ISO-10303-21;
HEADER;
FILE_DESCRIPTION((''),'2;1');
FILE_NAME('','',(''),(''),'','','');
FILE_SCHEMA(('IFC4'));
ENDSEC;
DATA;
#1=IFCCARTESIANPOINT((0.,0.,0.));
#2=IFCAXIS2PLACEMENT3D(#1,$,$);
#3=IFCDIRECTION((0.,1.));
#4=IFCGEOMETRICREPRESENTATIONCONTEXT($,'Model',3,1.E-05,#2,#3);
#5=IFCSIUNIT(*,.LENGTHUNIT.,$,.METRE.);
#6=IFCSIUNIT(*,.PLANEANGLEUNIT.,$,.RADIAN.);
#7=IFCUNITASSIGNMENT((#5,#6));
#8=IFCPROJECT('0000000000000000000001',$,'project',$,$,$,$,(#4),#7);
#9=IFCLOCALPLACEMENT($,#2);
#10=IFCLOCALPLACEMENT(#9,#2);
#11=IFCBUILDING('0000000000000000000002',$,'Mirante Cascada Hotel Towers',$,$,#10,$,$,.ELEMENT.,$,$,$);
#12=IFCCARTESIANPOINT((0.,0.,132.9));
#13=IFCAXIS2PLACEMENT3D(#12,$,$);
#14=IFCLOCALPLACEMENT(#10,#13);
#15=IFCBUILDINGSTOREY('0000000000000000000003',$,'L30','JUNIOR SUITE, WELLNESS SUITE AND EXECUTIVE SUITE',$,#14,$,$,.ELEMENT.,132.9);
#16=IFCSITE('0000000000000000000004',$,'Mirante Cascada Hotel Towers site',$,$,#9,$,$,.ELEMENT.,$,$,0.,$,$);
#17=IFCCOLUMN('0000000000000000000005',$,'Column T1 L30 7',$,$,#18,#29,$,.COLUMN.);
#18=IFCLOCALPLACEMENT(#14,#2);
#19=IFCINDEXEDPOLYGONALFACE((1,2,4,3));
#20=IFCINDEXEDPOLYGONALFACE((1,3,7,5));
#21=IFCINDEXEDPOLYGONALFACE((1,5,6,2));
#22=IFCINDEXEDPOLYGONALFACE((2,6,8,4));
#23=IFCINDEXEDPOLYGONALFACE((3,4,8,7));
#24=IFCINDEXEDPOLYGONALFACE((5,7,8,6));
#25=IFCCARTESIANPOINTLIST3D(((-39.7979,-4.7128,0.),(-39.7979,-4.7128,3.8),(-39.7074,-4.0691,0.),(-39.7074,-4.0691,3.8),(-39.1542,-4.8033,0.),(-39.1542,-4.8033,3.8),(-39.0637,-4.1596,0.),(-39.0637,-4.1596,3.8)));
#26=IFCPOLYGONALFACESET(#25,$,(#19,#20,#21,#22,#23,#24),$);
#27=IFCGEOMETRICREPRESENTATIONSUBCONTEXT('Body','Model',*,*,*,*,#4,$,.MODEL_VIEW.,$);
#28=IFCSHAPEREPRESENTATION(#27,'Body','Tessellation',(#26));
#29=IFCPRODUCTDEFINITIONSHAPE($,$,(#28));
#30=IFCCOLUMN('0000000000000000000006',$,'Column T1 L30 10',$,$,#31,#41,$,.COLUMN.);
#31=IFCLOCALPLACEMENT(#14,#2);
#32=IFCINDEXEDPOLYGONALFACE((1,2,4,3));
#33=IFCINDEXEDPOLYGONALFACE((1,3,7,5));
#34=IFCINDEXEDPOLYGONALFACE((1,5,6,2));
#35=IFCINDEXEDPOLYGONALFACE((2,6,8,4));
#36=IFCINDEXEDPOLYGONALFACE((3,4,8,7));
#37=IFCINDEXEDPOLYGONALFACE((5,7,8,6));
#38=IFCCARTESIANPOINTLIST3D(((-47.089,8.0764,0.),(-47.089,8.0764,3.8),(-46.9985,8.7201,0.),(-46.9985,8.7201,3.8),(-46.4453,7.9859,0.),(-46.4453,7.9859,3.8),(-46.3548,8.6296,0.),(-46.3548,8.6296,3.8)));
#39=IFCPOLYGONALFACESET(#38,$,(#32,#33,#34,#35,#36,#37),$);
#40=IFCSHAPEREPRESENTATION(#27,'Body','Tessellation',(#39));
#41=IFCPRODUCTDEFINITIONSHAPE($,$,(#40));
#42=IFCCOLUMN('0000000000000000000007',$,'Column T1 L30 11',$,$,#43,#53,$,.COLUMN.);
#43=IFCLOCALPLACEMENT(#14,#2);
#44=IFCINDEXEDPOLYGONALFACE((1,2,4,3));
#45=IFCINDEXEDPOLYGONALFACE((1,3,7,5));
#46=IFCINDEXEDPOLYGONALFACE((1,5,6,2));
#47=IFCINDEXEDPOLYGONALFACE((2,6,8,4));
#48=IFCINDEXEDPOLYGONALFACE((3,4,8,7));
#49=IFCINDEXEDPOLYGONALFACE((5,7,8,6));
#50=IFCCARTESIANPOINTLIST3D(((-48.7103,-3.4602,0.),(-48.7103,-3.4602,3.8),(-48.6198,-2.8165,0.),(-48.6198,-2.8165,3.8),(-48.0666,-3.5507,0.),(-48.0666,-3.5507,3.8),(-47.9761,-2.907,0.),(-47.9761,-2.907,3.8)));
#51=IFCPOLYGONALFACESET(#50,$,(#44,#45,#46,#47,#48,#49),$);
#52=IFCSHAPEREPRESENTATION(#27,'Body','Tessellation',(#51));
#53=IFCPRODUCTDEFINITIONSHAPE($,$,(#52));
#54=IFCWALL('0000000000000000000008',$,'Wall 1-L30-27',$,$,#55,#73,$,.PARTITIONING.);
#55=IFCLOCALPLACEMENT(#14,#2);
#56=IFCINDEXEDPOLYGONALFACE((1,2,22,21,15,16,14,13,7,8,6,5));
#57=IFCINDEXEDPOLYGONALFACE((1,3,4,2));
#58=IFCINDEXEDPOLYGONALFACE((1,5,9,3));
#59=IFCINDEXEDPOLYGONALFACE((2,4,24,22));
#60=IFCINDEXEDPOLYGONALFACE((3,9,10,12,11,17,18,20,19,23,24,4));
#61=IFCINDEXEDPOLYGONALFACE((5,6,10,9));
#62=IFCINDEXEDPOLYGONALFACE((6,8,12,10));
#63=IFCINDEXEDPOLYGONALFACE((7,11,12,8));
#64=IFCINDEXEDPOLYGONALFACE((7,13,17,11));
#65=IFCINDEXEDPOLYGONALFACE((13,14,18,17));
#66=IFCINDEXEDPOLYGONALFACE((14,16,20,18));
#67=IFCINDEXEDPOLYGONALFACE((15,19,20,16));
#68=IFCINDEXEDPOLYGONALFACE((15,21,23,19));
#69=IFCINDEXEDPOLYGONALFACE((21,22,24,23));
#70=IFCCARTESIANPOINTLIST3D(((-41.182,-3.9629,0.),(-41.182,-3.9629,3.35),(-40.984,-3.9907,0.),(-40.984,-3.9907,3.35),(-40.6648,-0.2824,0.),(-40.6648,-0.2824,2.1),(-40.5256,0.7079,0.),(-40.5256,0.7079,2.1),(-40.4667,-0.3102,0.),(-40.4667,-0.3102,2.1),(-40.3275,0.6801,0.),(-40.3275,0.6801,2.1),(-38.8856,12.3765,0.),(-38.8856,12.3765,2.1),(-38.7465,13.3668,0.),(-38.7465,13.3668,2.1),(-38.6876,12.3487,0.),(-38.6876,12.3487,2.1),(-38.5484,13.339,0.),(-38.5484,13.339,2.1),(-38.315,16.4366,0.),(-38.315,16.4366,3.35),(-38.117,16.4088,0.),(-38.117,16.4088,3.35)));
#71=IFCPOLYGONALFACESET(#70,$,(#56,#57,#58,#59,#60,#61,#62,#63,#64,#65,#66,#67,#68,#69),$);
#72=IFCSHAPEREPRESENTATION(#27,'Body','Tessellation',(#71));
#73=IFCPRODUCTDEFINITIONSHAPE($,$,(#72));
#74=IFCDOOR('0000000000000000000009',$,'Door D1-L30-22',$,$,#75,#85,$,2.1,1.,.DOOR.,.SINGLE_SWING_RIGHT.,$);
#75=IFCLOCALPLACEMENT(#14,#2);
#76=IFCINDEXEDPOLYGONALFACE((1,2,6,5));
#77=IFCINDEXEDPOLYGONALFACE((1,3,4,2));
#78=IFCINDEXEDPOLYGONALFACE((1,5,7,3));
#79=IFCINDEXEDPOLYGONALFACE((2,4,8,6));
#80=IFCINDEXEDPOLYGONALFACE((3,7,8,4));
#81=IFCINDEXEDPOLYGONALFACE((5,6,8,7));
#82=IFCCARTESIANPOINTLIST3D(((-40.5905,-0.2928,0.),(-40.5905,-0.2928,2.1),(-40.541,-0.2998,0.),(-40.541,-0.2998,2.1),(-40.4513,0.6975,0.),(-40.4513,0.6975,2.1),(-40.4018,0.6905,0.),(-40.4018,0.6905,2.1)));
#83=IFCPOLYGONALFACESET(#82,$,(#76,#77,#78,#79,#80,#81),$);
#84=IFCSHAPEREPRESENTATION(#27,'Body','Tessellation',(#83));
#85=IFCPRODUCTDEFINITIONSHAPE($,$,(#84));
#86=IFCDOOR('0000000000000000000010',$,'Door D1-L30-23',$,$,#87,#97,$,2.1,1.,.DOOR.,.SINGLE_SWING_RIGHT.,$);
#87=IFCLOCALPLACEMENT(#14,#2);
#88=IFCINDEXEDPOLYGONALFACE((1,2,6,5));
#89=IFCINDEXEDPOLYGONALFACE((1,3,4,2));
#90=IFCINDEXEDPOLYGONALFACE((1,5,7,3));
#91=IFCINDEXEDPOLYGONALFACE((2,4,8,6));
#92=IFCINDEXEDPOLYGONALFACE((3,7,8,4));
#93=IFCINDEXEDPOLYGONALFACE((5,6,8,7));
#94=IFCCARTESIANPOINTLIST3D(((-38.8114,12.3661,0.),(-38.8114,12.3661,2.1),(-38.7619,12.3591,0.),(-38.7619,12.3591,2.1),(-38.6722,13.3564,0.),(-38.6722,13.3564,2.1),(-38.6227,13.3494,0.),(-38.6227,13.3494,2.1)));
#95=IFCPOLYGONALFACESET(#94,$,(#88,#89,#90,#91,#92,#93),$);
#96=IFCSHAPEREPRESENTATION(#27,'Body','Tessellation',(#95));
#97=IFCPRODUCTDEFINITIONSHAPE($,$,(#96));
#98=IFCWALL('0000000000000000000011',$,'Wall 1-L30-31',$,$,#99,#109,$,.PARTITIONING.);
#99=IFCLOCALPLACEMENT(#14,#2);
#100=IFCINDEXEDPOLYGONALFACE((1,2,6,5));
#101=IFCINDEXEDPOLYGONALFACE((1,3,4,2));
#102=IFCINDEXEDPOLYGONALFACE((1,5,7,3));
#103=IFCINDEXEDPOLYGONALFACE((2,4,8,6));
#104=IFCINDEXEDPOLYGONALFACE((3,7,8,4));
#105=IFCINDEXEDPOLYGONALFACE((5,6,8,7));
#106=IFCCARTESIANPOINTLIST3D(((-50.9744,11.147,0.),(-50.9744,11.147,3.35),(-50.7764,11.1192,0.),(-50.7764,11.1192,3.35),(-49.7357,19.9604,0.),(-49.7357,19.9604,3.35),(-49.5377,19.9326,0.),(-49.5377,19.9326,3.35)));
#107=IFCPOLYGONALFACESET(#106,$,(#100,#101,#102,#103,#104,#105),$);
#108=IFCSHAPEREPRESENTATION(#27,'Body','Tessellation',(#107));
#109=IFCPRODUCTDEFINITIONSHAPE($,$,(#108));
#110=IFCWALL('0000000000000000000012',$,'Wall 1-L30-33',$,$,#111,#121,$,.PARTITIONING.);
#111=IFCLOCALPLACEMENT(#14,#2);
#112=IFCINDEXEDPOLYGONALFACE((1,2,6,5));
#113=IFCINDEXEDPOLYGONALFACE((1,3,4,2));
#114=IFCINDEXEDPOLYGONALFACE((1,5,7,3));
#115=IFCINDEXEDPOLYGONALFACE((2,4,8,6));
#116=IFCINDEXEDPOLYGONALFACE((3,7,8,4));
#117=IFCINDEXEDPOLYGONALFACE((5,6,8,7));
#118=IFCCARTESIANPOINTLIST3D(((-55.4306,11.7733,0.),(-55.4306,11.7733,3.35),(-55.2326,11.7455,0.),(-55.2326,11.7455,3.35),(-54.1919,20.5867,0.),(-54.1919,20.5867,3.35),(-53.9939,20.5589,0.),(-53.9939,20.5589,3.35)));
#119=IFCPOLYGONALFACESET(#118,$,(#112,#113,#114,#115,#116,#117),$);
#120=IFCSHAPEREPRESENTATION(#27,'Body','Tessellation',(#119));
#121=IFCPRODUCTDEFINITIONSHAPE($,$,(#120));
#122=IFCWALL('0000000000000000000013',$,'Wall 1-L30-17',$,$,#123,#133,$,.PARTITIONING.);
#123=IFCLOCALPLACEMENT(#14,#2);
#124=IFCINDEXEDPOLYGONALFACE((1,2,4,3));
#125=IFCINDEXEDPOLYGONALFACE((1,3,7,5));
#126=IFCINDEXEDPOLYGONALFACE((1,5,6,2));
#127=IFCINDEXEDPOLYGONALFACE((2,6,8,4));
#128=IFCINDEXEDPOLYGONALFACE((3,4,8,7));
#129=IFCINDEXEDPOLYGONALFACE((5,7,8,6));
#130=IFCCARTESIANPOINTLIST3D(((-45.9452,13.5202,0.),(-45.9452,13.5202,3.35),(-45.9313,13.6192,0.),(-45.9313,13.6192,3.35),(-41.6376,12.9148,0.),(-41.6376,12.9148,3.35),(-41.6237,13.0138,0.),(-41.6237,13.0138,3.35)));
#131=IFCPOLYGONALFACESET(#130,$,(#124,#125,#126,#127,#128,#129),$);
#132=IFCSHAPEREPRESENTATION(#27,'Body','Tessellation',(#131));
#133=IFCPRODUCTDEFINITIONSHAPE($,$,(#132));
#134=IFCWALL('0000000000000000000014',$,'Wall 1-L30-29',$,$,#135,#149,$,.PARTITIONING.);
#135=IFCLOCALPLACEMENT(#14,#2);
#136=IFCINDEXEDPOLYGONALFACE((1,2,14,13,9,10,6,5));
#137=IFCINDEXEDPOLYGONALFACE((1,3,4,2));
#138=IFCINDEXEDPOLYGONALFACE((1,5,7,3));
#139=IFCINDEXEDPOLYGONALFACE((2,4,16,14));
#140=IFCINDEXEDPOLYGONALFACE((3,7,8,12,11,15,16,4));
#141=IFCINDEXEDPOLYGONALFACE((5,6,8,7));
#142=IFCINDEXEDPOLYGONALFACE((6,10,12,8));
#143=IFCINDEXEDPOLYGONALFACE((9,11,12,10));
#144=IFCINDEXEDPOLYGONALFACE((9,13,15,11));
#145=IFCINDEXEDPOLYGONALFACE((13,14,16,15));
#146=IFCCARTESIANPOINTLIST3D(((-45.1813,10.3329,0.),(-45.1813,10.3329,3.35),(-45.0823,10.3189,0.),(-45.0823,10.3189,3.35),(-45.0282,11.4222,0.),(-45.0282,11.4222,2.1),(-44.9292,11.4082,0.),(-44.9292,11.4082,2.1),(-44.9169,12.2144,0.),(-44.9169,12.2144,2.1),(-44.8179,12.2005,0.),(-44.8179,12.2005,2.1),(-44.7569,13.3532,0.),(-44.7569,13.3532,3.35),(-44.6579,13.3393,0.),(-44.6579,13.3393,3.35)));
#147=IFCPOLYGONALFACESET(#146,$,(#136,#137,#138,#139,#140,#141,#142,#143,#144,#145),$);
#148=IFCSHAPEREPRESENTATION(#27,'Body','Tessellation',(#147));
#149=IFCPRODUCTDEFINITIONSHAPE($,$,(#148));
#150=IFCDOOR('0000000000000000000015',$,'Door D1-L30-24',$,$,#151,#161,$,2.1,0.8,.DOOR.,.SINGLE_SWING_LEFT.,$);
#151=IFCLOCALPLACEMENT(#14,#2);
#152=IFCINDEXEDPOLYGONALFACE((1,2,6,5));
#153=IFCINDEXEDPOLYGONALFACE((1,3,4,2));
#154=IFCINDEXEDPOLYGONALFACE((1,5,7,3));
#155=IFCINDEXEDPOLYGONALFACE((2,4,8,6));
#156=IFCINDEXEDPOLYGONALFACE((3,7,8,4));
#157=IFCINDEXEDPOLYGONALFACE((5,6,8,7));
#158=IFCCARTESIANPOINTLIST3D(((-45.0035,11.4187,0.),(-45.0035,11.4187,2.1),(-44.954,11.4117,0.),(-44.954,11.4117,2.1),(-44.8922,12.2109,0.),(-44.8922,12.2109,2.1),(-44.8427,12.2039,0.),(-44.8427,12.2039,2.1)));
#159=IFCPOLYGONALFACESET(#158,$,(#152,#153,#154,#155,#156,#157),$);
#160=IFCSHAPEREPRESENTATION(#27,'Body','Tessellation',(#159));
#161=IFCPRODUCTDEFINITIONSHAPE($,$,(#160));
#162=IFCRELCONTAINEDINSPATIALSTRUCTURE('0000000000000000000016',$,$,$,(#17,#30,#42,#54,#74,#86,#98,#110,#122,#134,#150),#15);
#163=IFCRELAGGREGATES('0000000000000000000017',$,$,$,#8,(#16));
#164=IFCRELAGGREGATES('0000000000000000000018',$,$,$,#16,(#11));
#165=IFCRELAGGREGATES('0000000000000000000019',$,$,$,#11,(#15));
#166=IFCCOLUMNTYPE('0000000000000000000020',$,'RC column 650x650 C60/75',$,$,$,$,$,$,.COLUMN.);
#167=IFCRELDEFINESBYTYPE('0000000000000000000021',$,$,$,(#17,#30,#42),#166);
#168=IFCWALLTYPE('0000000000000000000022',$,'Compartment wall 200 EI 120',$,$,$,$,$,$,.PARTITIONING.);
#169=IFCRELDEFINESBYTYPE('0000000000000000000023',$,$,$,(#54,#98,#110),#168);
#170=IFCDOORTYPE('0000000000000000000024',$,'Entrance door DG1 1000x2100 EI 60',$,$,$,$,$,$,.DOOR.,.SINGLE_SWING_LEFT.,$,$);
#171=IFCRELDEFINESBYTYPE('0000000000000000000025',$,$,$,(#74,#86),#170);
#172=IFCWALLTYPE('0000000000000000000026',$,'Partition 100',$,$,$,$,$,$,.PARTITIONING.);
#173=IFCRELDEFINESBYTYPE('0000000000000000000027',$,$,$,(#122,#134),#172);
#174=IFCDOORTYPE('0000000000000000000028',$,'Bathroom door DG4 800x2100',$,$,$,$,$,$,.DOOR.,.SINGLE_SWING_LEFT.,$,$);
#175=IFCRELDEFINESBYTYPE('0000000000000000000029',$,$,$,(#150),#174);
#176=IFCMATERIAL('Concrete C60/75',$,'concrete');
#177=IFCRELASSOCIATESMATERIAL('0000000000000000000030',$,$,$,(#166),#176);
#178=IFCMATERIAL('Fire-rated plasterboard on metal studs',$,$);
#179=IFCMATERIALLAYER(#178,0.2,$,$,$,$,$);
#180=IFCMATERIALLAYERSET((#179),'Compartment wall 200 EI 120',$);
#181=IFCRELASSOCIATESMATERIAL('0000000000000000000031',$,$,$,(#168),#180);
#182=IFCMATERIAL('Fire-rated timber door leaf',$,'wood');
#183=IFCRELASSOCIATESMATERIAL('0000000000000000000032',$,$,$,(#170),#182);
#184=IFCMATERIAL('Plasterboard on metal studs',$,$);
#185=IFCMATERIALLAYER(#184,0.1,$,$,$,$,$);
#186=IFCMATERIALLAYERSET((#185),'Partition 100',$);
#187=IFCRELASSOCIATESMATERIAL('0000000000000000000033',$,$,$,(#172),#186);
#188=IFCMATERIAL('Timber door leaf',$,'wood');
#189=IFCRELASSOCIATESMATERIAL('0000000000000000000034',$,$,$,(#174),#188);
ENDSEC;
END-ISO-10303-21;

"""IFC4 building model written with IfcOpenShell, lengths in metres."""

from ifc_helpers import new_model, si_unit, direction, frame, frame_2d, origin, origin_2d, place, context, subcontext, project, spatial, rectangle, extrude, material, layer, layer_set, material_profile, profile_set, type_object, element, fill, save


model = new_model("IFC4")

# Units and contexts
model_context = context("Model", 3, precision=1e-05, world=origin(), true_north=direction((0.0, 1.0)))
body_context = subcontext(model_context, "Body", "Model", "MODEL_VIEW")
ifc_project = project(units=[si_unit("LENGTHUNIT", "METRE"), si_unit("PLANEANGLEUNIT", "RADIAN")], contexts=[model_context])

# Site, building, storey
site_placement = place(None, origin())
site = spatial("IfcSite", under=ifc_project, at=site_placement, Name="Mirante Cascada Hotel Towers site", CompositionType="ELEMENT", RefElevation=0.0)
building_placement = place(site_placement, origin())
building = spatial("IfcBuilding", under=site, at=building_placement, Name="Mirante Cascada Hotel Towers", CompositionType="ELEMENT")
storey_placement = place(building_placement, frame((0.0, 0.0, 132.9)))
storey = spatial("IfcBuildingStorey", under=building, at=storey_placement, Name="L30", Description="JUNIOR SUITE, WELLNESS SUITE AND EXECUTIVE SUITE", CompositionType="ELEMENT", Elevation=132.9)

# Columns
ifc_material_1 = material(Name="Concrete C60/75", Category="concrete")
ifc_material_profile = material_profile(ifc_material_1, rectangle(XDim=0.65, YDim=0.65, at=origin_2d()), Name="RC column 650x650 C60/75")
ifc_profile_set = profile_set([ifc_material_profile], Name="Concrete C60/75")
column_type = type_object("IfcColumnType", Name="RC column 650x650 C60/75", PredefinedType="COLUMN", material=ifc_profile_set)
for number, where, z_axis, x_axis, name in (
    (1, (-39.4308, -4.4362, 0.0), (0.0, 0.0, 1.0), (-0.990268, 0.139173, 0.0), "Column T1 L30 7"),
    (2, (-46.7219, 8.353, 0.0), (0.0, 0.0, 1.0), (-0.990268, 0.139173, 0.0), "Column T1 L30 10"),
    (3, (-48.3432, -3.1836, 0.0), (0.0, 0.0, 1.0), (-0.990268, 0.139173, 0.0), "Column T1 L30 11"),
):
    element("IfcColumn", number, at=place(storey_placement, frame(where, z_axis=z_axis, x_axis=x_axis)), inside=storey, type_object=column_type, Name=name, PredefinedType="COLUMN", context=body_context, shape_type="SweptSolid", body=[
        extrude(rectangle(XDim=0.65, YDim=0.65, at=origin_2d()), origin(), (0.0, 0.0, 1.0), 3.8),
    ])

# Wall, openings, doors
ifc_material_2 = material(Name="Fire-rated plasterboard on metal studs")
ifc_layer_1 = layer(ifc_material_2, 0.2)
ifc_layer_set_1 = layer_set([ifc_layer_1], Name="Compartment wall 200 EI 120")
wall_type_1 = type_object("IfcWallType", Name="Compartment wall 200 EI 120", PredefinedType="PARTITIONING", material=ifc_layer_set_1)
wall_1_placement = place(storey_placement, frame((-41.083, -3.9768, 0.0), z_axis=(0.0, 0.0, 1.0), x_axis=(0.139175, 0.990268, 0.0)))
wall_1 = element("IfcWall", 4, at=wall_1_placement, inside=storey, type_object=wall_type_1, Name="Wall 1-L30-27", PredefinedType="PARTITIONING", context=body_context, shape_type="SweptSolid", body=[
    extrude(rectangle(XDim=20.6, YDim=0.2, at=frame_2d((10.3, 0.0))), origin(), (0.0, 0.0, 1.0), 3.35),
])
opening_1_placement = place(wall_1_placement, frame((3.7167, 0.0, 0.0)))
opening_1 = element("IfcOpeningElement", 5, at=opening_1_placement, cuts=wall_1, PredefinedType="OPENING", context=body_context, shape_type="SweptSolid", body=[
    extrude(rectangle(XDim=1.0, YDim=2.1, at=frame_2d((0.5, 1.05))), frame((0.0, 0.1, 0.0), z_axis=(0.0, -1.0, 0.0), x_axis=(1.0, 0.0, 0.0)), (0.0, 0.0, 1.0), 0.2),
])
opening_2_placement = place(wall_1_placement, frame((16.5, 0.0, 0.0)))
opening_2 = element("IfcOpeningElement", 6, at=opening_2_placement, cuts=wall_1, PredefinedType="OPENING", context=body_context, shape_type="SweptSolid", body=[
    extrude(rectangle(XDim=1.0, YDim=2.1, at=frame_2d((0.5, 1.05))), frame((0.0, 0.1, 0.0), z_axis=(0.0, -1.0, 0.0), x_axis=(1.0, 0.0, 0.0)), (0.0, 0.0, 1.0), 0.2),
])
ifc_material_3 = material(Name="Fire-rated timber door leaf", Category="wood")
door_type_1 = type_object("IfcDoorType", Name="Entrance door DG1 1000x2100 EI 60", OperationType="SINGLE_SWING_LEFT", PredefinedType="DOOR", material=ifc_material_3)
door_1_placement = place(opening_1_placement, frame((1.0, 0.0, 0.0), z_axis=(0.0, 0.0, 1.0), x_axis=(-1.0, 0.0, 0.0)))
door_1 = element("IfcDoor", 7, at=door_1_placement, inside=storey, type_object=door_type_1, Name="Door D1-L30-22", OperationType="SINGLE_SWING_RIGHT", OverallHeight=2.1, OverallWidth=1.0, PredefinedType="DOOR", context=body_context, shape_type="SweptSolid", body=[
    extrude(rectangle(XDim=1.0, YDim=2.1, at=frame_2d((0.5, 1.05))), frame((0.0, 0.025, 0.0), z_axis=(0.0, -1.0, 0.0), x_axis=(1.0, 0.0, 0.0)), (0.0, 0.0, 1.0), 0.05),
])
fill(opening_1, door_1)
door_2_placement = place(opening_2_placement, frame((1.0, 0.0, 0.0), z_axis=(0.0, 0.0, 1.0), x_axis=(-1.0, 0.0, 0.0)))
door_2 = element("IfcDoor", 8, at=door_2_placement, inside=storey, type_object=door_type_1, Name="Door D1-L30-23", OperationType="SINGLE_SWING_RIGHT", OverallHeight=2.1, OverallWidth=1.0, PredefinedType="DOOR", context=body_context, shape_type="SweptSolid", body=[
    extrude(rectangle(XDim=1.0, YDim=2.1, at=frame_2d((0.5, 1.05))), frame((0.0, 0.025, 0.0), z_axis=(0.0, -1.0, 0.0), x_axis=(1.0, 0.0, 0.0)), (0.0, 0.0, 1.0), 0.05),
])
fill(opening_2, door_2)

# Walls
for number, where, z_axis, x_axis, name in (
    (9, (-50.8754, 11.1331, 0.0), (0.0, 0.0, 1.0), (0.139179, 0.990267, 0.0), "Wall 1-L30-31"),
    (10, (-55.3316, 11.7594, 0.0), (0.0, 0.0, 1.0), (0.139179, 0.990267, 0.0), "Wall 1-L30-33"),
):
    element("IfcWall", number, at=place(storey_placement, frame(where, z_axis=z_axis, x_axis=x_axis)), inside=storey, type_object=wall_type_1, Name=name, PredefinedType="PARTITIONING", context=body_context, shape_type="SweptSolid", body=[
        extrude(rectangle(XDim=8.9, YDim=0.2, at=frame_2d((4.45, 0.0))), origin(), (0.0, 0.0, 1.0), 3.35),
    ])
ifc_material_4 = material(Name="Plasterboard on metal studs")
ifc_layer_2 = layer(ifc_material_4, 0.1)
ifc_layer_set_2 = layer_set([ifc_layer_2], Name="Partition 100")
wall_type_2 = type_object("IfcWallType", Name="Partition 100", PredefinedType="PARTITIONING", material=ifc_layer_set_2)
wall_2_placement = place(storey_placement, frame((-41.6306, 12.9643, 0.0), z_axis=(0.0, 0.0, 1.0), x_axis=(-0.990268, 0.139175, 0.0)))
element("IfcWall", 11, at=wall_2_placement, inside=storey, type_object=wall_type_2, Name="Wall 1-L30-17", PredefinedType="PARTITIONING", context=body_context, shape_type="SweptSolid", body=[
    extrude(rectangle(XDim=4.3499, YDim=0.1, at=frame_2d((2.175, 0.0))), origin(), (0.0, 0.0, 1.0), 3.35),
])

# Wall, opening, door
wall_3_placement = place(storey_placement, frame((-45.1318, 10.3259, 0.0), z_axis=(0.0, 0.0, 1.0), x_axis=(0.139149, 0.990271, 0.0)))
wall_3 = element("IfcWall", 12, at=wall_3_placement, inside=storey, type_object=wall_type_2, Name="Wall 1-L30-29", PredefinedType="PARTITIONING", context=body_context, shape_type="SweptSolid", body=[
    extrude(rectangle(XDim=3.05, YDim=0.1, at=frame_2d((1.525, 0.0))), origin(), (0.0, 0.0, 1.0), 3.35),
])
opening_3_placement = place(wall_3_placement, frame((1.1, 0.0, 0.0)))
opening_3 = element("IfcOpeningElement", 13, at=opening_3_placement, cuts=wall_3, PredefinedType="OPENING", context=body_context, shape_type="SweptSolid", body=[
    extrude(rectangle(XDim=0.8, YDim=2.1, at=frame_2d((0.4, 1.05))), frame((0.0, 0.05, 0.0), z_axis=(0.0, -1.0, 0.0), x_axis=(1.0, 0.0, 0.0)), (0.0, 0.0, 1.0), 0.1),
])
ifc_material_5 = material(Name="Timber door leaf", Category="wood")
door_type_2 = type_object("IfcDoorType", Name="Bathroom door DG4 800x2100", OperationType="SINGLE_SWING_LEFT", PredefinedType="DOOR", material=ifc_material_5)
door_3_placement = place(opening_3_placement, origin())
door_3 = element("IfcDoor", 14, at=door_3_placement, inside=storey, type_object=door_type_2, Name="Door D1-L30-24", OperationType="SINGLE_SWING_LEFT", OverallHeight=2.1, OverallWidth=0.8, PredefinedType="DOOR", context=body_context, shape_type="SweptSolid", body=[
    extrude(rectangle(XDim=0.8, YDim=2.1, at=frame_2d((0.4, 1.05))), frame((0.0, 0.025, 0.0), z_axis=(0.0, -1.0, 0.0), x_axis=(1.0, 0.0, 0.0)), (0.0, 0.0, 1.0), 0.05),
])
fill(opening_3, door_3)

save(model, "model.ifc")
